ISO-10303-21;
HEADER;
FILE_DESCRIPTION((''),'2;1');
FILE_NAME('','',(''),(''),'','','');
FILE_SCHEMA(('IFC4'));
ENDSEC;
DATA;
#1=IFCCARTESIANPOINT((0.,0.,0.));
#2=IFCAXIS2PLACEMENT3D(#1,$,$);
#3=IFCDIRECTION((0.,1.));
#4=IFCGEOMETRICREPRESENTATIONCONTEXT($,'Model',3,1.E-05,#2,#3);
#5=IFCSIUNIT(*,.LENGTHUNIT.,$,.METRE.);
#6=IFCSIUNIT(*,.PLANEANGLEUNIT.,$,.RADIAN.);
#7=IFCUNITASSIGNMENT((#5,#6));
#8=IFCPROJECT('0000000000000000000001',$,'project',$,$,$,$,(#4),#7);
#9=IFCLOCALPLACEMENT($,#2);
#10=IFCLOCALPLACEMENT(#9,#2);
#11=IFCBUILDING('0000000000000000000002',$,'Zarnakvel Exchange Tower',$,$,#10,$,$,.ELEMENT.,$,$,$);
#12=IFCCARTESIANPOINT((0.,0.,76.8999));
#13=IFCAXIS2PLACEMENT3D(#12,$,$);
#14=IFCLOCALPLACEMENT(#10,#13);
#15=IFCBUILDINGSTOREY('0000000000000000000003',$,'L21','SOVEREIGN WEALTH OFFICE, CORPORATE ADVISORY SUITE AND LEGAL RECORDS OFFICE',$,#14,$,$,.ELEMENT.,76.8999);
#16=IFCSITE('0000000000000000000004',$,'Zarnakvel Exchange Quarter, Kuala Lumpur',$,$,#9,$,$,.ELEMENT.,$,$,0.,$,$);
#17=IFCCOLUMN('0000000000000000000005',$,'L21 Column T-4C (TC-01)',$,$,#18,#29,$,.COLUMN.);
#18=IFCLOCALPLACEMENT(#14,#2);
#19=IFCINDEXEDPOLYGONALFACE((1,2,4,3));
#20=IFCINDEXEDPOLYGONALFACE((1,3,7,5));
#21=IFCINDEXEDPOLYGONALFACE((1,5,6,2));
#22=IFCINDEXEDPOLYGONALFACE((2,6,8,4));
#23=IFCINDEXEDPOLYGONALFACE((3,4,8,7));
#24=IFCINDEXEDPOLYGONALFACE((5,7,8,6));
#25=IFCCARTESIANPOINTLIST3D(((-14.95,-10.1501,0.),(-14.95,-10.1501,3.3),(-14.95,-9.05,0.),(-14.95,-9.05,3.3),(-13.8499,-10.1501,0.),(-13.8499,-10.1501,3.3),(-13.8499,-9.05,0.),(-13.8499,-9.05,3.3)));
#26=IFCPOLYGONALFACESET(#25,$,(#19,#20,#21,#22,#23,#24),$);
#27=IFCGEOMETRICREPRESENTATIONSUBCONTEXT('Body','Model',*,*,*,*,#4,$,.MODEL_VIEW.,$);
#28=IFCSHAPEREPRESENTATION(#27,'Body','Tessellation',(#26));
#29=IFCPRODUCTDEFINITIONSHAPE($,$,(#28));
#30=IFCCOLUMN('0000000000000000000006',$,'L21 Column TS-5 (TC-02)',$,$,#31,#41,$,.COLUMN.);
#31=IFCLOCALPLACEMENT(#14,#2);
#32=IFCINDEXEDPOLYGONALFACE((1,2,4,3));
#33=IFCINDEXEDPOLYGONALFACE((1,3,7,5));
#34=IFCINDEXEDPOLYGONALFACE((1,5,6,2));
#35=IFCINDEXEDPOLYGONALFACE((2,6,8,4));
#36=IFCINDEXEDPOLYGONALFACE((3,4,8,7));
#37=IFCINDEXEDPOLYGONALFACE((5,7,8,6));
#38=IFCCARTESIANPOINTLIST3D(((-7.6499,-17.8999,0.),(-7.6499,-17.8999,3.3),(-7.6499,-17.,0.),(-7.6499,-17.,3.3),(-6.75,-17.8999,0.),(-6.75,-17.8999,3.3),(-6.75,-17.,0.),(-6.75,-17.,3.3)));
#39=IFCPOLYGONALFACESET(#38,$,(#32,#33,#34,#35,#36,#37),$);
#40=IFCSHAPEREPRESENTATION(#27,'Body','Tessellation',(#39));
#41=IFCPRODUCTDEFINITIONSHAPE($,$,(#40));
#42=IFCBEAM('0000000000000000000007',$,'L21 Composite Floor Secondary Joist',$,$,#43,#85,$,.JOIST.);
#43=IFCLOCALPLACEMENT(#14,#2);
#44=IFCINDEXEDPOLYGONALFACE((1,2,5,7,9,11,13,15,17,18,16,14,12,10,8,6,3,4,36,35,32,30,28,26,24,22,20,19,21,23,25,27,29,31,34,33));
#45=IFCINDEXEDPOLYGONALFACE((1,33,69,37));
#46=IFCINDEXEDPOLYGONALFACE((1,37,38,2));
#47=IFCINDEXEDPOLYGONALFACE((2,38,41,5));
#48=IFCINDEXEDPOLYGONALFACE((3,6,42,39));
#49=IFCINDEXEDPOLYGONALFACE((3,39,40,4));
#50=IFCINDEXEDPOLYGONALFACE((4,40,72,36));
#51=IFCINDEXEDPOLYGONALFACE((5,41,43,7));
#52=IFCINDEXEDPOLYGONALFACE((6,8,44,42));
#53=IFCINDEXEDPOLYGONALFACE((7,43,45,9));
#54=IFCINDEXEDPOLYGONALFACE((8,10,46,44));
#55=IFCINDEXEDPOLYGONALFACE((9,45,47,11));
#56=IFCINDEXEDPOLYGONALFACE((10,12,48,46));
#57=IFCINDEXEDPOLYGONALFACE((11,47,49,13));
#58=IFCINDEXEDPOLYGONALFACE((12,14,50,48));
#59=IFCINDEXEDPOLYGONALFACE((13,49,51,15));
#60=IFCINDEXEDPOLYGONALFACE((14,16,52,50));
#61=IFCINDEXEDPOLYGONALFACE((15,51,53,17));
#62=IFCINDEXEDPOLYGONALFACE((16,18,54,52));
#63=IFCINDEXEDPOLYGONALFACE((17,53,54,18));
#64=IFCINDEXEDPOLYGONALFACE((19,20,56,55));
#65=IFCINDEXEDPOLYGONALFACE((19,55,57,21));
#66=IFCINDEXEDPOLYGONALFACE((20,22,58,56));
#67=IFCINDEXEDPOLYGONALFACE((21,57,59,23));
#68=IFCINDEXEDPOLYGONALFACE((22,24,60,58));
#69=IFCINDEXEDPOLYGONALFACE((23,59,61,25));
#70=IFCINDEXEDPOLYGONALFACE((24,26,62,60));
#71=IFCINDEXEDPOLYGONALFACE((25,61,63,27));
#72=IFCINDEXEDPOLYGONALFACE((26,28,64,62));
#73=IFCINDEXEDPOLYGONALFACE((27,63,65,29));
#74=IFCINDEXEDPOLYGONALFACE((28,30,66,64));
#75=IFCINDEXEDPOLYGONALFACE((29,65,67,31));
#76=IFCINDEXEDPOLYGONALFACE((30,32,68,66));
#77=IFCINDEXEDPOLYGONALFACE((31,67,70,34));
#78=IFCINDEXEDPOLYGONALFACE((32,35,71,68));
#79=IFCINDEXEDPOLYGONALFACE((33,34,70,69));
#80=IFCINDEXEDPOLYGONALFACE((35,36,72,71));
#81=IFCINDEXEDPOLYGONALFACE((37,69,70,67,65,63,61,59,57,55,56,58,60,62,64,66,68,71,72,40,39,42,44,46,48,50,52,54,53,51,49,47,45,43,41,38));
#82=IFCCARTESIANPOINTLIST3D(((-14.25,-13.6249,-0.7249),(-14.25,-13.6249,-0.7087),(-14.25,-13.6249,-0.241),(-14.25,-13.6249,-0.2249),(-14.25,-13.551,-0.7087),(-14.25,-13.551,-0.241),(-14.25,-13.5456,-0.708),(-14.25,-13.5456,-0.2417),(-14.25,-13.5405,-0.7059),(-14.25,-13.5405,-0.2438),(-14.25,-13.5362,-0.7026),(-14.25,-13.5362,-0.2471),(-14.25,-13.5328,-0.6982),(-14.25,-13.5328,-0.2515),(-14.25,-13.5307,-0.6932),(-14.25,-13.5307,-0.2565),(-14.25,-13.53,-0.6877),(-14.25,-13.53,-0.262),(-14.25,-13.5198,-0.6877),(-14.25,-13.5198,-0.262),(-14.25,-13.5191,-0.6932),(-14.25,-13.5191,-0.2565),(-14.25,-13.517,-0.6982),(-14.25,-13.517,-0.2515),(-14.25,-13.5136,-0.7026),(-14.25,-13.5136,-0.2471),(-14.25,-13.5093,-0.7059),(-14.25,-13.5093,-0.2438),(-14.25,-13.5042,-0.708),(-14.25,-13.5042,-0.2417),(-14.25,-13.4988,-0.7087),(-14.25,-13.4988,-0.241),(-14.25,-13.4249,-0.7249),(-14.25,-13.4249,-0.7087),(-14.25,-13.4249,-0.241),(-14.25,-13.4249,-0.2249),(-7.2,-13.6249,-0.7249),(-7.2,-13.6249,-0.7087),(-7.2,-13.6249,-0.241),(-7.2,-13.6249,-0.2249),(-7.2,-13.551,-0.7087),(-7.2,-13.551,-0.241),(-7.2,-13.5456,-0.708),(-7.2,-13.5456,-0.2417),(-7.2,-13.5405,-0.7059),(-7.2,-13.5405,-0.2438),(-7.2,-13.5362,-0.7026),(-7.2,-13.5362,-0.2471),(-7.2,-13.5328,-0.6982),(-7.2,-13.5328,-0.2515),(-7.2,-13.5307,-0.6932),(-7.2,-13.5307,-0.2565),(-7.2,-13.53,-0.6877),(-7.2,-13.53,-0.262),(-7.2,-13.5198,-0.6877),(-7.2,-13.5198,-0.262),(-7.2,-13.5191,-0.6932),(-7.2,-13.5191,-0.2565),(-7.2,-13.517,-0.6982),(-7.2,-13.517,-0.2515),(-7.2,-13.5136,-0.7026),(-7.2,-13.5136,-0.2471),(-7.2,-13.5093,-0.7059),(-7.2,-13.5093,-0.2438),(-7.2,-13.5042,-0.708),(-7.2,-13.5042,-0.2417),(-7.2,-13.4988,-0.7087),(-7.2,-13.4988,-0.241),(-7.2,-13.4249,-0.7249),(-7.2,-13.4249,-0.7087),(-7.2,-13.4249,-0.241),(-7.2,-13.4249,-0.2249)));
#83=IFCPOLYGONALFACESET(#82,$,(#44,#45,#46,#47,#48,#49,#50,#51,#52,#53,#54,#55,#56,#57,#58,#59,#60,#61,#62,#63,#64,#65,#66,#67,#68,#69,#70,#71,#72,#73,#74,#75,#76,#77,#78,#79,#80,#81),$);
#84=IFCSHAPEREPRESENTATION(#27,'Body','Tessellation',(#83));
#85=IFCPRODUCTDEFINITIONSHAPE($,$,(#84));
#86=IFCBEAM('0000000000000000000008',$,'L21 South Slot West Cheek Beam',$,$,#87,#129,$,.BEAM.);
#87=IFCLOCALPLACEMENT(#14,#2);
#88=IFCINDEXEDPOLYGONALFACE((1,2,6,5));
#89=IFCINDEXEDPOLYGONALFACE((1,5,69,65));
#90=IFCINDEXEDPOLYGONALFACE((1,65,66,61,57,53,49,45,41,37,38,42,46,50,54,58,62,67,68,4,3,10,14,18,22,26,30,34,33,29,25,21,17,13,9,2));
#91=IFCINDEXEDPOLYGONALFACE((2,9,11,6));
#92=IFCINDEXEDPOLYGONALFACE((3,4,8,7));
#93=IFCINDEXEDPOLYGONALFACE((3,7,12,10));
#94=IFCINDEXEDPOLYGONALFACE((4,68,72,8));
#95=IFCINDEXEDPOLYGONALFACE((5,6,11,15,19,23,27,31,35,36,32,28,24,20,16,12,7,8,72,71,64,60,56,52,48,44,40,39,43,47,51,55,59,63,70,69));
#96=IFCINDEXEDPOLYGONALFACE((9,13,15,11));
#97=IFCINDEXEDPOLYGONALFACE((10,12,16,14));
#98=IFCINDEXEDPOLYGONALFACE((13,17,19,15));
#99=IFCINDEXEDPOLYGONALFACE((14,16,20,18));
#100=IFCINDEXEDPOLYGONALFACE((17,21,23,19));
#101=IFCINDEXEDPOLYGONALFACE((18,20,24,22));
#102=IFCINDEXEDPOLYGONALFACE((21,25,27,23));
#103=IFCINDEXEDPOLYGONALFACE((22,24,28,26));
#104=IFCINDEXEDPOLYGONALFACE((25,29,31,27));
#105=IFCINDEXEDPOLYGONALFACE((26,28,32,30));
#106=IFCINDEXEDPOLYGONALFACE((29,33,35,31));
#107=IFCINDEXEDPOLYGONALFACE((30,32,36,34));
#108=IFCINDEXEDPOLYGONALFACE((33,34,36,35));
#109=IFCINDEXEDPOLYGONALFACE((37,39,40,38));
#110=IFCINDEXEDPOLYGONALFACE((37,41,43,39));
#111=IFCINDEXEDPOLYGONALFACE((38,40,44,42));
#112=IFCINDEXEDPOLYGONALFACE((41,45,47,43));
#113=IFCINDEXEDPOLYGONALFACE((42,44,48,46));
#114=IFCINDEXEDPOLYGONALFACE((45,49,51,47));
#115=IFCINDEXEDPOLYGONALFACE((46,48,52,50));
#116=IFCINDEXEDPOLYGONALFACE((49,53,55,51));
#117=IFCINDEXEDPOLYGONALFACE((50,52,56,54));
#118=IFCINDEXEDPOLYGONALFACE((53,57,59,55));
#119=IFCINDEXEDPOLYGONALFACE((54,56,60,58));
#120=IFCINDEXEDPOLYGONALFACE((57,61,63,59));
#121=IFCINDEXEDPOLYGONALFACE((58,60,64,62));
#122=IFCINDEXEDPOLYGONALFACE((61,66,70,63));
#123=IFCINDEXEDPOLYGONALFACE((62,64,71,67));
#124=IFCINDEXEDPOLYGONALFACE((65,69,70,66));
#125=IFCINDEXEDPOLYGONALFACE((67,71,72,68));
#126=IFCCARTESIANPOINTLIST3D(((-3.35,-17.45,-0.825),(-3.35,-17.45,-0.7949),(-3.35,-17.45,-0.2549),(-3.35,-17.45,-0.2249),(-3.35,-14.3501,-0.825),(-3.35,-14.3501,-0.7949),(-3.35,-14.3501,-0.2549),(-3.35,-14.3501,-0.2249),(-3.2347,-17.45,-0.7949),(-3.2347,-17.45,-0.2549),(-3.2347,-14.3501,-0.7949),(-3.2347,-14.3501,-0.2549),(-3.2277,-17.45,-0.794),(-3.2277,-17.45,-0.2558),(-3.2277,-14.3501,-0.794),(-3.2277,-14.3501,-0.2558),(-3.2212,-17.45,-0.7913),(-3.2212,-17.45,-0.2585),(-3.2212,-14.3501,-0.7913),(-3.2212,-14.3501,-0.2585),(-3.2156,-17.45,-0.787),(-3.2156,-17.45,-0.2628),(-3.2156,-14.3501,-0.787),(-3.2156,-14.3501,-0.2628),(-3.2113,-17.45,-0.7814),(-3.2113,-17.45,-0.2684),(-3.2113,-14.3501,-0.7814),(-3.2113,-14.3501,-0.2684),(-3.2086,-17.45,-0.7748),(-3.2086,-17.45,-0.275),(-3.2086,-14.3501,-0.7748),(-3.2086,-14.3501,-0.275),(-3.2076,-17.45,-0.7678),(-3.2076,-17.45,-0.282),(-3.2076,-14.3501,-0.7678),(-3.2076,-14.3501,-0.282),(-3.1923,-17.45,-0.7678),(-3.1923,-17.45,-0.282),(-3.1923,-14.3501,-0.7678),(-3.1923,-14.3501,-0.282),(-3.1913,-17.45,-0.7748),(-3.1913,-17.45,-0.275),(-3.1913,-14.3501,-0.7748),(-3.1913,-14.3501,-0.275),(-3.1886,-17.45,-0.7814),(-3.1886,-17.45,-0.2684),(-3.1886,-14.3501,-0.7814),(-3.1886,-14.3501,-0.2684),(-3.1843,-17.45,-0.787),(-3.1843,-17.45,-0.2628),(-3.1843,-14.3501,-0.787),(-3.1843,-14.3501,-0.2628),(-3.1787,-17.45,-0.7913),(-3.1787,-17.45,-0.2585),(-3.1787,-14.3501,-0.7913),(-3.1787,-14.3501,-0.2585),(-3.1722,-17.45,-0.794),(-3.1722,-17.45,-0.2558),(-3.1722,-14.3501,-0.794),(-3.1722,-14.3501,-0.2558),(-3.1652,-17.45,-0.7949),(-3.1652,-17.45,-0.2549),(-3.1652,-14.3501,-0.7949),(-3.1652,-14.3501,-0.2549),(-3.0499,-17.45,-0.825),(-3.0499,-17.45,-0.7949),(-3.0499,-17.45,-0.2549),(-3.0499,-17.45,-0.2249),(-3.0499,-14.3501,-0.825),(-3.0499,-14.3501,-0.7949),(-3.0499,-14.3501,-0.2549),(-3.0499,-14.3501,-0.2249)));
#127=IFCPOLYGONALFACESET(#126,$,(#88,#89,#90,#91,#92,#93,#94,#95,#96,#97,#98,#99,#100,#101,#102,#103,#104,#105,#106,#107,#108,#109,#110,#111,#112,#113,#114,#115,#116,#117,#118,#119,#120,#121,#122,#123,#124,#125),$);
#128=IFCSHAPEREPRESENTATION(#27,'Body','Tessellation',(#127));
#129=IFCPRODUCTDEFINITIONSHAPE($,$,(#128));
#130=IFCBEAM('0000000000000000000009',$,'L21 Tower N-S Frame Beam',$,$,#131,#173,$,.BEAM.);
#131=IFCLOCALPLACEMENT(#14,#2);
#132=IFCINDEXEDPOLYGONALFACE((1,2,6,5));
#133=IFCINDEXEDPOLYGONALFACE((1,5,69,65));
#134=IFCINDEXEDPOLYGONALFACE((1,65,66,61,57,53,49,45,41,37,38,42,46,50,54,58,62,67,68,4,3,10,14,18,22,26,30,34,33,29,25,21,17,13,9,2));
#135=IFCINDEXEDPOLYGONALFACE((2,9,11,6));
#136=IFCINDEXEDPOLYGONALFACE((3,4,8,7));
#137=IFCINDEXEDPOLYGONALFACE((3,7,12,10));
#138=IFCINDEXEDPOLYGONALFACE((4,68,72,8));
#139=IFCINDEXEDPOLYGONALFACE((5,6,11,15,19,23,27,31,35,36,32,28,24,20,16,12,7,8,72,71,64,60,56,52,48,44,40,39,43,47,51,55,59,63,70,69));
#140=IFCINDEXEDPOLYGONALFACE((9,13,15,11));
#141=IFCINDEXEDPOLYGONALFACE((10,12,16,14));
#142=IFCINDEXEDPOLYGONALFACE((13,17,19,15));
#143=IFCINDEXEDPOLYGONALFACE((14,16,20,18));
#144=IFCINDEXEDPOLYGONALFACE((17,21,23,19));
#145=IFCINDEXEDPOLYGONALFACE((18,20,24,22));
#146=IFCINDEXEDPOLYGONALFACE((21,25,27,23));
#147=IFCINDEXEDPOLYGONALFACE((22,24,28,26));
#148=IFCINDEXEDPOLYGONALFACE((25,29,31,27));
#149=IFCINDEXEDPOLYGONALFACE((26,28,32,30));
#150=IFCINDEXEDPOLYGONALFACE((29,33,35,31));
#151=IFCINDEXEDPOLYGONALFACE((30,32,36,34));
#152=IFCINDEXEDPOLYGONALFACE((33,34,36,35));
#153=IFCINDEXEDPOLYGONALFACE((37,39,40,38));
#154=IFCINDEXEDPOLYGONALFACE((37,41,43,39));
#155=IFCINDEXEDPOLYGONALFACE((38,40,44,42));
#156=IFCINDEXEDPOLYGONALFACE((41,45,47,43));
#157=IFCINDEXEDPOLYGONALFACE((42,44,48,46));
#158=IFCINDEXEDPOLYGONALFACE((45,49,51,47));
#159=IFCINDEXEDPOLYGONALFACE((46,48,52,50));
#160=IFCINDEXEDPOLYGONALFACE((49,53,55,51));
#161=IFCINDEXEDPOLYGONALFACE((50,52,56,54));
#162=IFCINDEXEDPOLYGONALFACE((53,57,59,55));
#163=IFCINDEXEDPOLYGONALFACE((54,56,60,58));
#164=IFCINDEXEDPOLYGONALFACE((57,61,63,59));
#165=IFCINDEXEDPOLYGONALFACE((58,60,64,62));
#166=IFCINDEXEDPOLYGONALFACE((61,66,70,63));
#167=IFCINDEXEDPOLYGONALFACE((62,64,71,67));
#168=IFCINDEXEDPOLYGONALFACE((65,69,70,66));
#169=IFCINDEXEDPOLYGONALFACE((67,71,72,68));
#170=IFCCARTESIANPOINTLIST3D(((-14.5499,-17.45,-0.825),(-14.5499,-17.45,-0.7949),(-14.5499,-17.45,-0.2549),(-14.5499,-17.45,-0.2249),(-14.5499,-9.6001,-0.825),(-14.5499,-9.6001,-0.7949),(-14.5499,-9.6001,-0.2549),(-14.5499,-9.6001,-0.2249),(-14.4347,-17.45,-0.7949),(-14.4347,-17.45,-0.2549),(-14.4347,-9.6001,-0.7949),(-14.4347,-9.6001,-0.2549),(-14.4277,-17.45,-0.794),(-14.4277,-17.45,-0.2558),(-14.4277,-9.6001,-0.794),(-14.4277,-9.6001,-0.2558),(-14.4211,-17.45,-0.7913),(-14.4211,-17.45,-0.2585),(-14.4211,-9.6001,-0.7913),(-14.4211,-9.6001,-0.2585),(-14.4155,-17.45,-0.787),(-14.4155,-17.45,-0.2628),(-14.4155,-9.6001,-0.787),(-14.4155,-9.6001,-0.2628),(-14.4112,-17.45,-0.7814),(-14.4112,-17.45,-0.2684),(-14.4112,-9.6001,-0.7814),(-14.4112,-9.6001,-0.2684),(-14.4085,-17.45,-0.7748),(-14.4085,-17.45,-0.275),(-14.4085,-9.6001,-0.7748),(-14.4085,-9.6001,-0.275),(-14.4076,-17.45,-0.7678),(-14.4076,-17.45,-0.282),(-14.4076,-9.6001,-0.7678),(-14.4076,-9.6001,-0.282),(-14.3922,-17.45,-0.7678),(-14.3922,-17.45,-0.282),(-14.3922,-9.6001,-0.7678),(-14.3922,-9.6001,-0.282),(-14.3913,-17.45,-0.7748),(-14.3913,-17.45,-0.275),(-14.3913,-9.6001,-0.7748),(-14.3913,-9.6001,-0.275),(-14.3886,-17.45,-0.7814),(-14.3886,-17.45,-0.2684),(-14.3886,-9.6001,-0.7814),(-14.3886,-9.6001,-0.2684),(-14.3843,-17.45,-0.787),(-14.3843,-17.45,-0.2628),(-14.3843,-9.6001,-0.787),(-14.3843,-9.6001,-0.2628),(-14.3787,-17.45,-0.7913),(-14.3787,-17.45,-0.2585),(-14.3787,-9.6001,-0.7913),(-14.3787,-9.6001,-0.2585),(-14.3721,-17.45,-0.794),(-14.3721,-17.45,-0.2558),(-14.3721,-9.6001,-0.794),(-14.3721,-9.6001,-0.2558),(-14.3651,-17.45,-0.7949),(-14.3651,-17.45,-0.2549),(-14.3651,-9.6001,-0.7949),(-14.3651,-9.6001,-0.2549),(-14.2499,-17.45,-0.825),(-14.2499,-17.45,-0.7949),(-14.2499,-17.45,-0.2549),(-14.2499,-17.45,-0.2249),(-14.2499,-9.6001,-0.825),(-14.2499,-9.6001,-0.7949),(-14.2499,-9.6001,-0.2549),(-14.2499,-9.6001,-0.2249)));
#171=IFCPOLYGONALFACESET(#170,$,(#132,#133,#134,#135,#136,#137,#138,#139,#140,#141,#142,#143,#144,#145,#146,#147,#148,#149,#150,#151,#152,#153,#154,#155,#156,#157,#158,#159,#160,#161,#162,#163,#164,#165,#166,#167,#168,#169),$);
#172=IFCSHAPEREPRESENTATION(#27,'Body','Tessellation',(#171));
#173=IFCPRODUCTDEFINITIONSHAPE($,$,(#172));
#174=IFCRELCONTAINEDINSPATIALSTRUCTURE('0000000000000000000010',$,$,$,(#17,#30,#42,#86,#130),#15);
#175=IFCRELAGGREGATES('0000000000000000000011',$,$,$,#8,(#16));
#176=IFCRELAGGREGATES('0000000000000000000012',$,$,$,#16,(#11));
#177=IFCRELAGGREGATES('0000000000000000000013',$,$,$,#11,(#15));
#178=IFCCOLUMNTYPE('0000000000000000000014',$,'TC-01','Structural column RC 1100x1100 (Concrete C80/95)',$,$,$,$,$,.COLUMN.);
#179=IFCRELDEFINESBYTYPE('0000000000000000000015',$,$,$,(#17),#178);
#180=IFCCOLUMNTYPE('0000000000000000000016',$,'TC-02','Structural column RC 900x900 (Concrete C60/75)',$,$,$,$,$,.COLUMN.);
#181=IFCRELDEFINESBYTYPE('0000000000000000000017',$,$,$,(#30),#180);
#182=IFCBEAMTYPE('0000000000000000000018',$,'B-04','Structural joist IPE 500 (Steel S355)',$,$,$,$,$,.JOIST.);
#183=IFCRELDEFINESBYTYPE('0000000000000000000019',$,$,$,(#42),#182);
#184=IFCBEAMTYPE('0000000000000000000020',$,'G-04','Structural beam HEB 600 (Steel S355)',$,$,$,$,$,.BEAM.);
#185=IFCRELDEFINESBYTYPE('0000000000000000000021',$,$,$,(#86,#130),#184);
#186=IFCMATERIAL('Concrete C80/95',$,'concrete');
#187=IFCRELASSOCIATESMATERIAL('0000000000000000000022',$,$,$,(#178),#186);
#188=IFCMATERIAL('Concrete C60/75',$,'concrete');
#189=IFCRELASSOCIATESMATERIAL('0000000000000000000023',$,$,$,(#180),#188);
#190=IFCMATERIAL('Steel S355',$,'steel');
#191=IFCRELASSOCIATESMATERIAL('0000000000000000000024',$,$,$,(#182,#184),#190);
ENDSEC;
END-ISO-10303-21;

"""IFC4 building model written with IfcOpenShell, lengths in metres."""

from ifc_helpers import new_model, si_unit, direction, frame, origin, origin_2d, place, context, subcontext, project, spatial, rectangle, i_section, extrude, material, material_profile, profile_set, type_object, element, save


model = new_model("IFC4")

# Units and contexts
model_context = context("Model", 3, precision=1e-05, world=origin(), true_north=direction((0.0, 1.0)))
body_context = subcontext(model_context, "Body", "Model", "MODEL_VIEW")
ifc_project = project(units=[si_unit("LENGTHUNIT", "METRE"), si_unit("PLANEANGLEUNIT", "RADIAN")], contexts=[model_context])

# Site, building, storey
site_placement = place(None, origin())
site = spatial("IfcSite", under=ifc_project, at=site_placement, Name="Zarnakvel Exchange Quarter, Kuala Lumpur", CompositionType="ELEMENT", RefElevation=0.0)
building_placement = place(site_placement, origin())
building = spatial("IfcBuilding", under=site, at=building_placement, Name="Zarnakvel Exchange Tower", CompositionType="ELEMENT")
storey_placement = place(building_placement, frame((0.0, 0.0, 76.8999)))
storey = spatial("IfcBuildingStorey", under=building, at=storey_placement, Name="L21", Description="SOVEREIGN WEALTH OFFICE, CORPORATE ADVISORY SUITE AND LEGAL RECORDS OFFICE", CompositionType="ELEMENT", Elevation=76.8999)

# Columns
ifc_material_1 = material(Name="Concrete C80/95", Category="concrete")
ifc_material_profile_1 = material_profile(ifc_material_1, rectangle(XDim=1.1001, YDim=1.1001, at=origin_2d()))
ifc_profile_set_1 = profile_set([ifc_material_profile_1], Name="Concrete C80/95")
column_type_1 = type_object("IfcColumnType", Name="TC-01", Description="Structural column RC 1100x1100 (Concrete C80/95)", PredefinedType="COLUMN", material=ifc_profile_set_1)
column_1_placement = place(storey_placement, frame((-14.3999, -9.6001, 0.0), z_axis=(0.0, 0.0, 1.0), x_axis=(1.0, 0.0, 0.0)))
element("IfcColumn", 1, at=column_1_placement, inside=storey, type_object=column_type_1, Name="L21 Column T-4C (TC-01)", PredefinedType="COLUMN", context=body_context, shape_type="SweptSolid", body=[
    extrude(rectangle(XDim=1.1001, YDim=1.1001, at=origin_2d()), origin(), (0.0, 0.0, 1.0), 3.3),
])
ifc_material_2 = material(Name="Concrete C60/75", Category="concrete")
ifc_material_profile_2 = material_profile(ifc_material_2, rectangle(XDim=0.8999, YDim=0.8999, at=origin_2d()))
ifc_profile_set_2 = profile_set([ifc_material_profile_2], Name="Concrete C60/75")
column_type_2 = type_object("IfcColumnType", Name="TC-02", Description="Structural column RC 900x900 (Concrete C60/75)", PredefinedType="COLUMN", material=ifc_profile_set_2)
column_2_placement = place(storey_placement, frame((-7.2, -17.45, 0.0), z_axis=(0.0, 0.0, 1.0), x_axis=(1.0, 0.0, 0.0)))
element("IfcColumn", 2, at=column_2_placement, inside=storey, type_object=column_type_2, Name="L21 Column TS-5 (TC-02)", PredefinedType="COLUMN", context=body_context, shape_type="SweptSolid", body=[
    extrude(rectangle(XDim=0.8999, YDim=0.8999, at=origin_2d()), origin(), (0.0, 0.0, 1.0), 3.3),
])

# Beams
ifc_material_3 = material(Name="Steel S355", Category="steel")
ifc_material_profile_3 = material_profile(ifc_material_3, i_section(OverallWidth=0.2, OverallDepth=0.5, WebThickness=0.0103, FlangeThickness=0.0161, FilletRadius=0.021, at=origin_2d()))
ifc_profile_set_3 = profile_set([ifc_material_profile_3], Name="Steel S355")
beam_type_1 = type_object("IfcBeamType", Name="B-04", Description="Structural joist IPE 500 (Steel S355)", PredefinedType="JOIST", material=ifc_profile_set_3)
beam_1_placement = place(storey_placement, frame((-14.25, -13.5249, -0.4749), z_axis=(1.0, 0.0, 0.0), x_axis=(0.0, 1.0, 0.0)))
element("IfcBeam", 3, at=beam_1_placement, inside=storey, type_object=beam_type_1, Name="L21 Composite Floor Secondary Joist", PredefinedType="JOIST", context=body_context, shape_type="SweptSolid", body=[
    extrude(i_section(OverallWidth=0.2, OverallDepth=0.5, WebThickness=0.0103, FlangeThickness=0.0161, FilletRadius=0.021, at=origin_2d()), origin(), (0.0, 0.0, 1.0), 7.05),
])
ifc_material_profile_4 = material_profile(ifc_material_3, i_section(OverallWidth=0.3, OverallDepth=0.6001, WebThickness=0.0154, FlangeThickness=0.03, FilletRadius=0.0271, at=origin_2d()))
ifc_profile_set_4 = profile_set([ifc_material_profile_4], Name="Steel S355")
beam_type_2 = type_object("IfcBeamType", Name="G-04", Description="Structural beam HEB 600 (Steel S355)", PredefinedType="BEAM", material=ifc_profile_set_4)
beam_2_placement = place(storey_placement, frame((-3.2, -17.45, -0.5249), z_axis=(0.0, 1.0, 0.0), x_axis=(-1.0, 0.0, 0.0)))
element("IfcBeam", 4, at=beam_2_placement, inside=storey, type_object=beam_type_2, Name="L21 South Slot West Cheek Beam", PredefinedType="BEAM", context=body_context, shape_type="SweptSolid", body=[
    extrude(i_section(OverallWidth=0.3, OverallDepth=0.6001, WebThickness=0.0154, FlangeThickness=0.03, FilletRadius=0.0271, at=origin_2d()), origin(), (0.0, 0.0, 1.0), 3.0999),
])
for number, where, z_axis, x_axis, name in (
    (5, (-14.3999, -17.45, -0.5249), (0.0, 1.0, 0.0), (-1.0, 0.0, 0.0), "L21 Tower N-S Frame Beam"),
):
    element("IfcBeam", number, at=place(storey_placement, frame(where, z_axis=z_axis, x_axis=x_axis)), inside=storey, type_object=beam_type_2, Name=name, PredefinedType="BEAM", context=body_context, shape_type="SweptSolid", body=[
        extrude(i_section(OverallWidth=0.3, OverallDepth=0.6001, WebThickness=0.0154, FlangeThickness=0.03, FilletRadius=0.0271, at=origin_2d()), origin(), (0.0, 0.0, 1.0), 7.8499),
    ])

save(model, "model.ifc")
